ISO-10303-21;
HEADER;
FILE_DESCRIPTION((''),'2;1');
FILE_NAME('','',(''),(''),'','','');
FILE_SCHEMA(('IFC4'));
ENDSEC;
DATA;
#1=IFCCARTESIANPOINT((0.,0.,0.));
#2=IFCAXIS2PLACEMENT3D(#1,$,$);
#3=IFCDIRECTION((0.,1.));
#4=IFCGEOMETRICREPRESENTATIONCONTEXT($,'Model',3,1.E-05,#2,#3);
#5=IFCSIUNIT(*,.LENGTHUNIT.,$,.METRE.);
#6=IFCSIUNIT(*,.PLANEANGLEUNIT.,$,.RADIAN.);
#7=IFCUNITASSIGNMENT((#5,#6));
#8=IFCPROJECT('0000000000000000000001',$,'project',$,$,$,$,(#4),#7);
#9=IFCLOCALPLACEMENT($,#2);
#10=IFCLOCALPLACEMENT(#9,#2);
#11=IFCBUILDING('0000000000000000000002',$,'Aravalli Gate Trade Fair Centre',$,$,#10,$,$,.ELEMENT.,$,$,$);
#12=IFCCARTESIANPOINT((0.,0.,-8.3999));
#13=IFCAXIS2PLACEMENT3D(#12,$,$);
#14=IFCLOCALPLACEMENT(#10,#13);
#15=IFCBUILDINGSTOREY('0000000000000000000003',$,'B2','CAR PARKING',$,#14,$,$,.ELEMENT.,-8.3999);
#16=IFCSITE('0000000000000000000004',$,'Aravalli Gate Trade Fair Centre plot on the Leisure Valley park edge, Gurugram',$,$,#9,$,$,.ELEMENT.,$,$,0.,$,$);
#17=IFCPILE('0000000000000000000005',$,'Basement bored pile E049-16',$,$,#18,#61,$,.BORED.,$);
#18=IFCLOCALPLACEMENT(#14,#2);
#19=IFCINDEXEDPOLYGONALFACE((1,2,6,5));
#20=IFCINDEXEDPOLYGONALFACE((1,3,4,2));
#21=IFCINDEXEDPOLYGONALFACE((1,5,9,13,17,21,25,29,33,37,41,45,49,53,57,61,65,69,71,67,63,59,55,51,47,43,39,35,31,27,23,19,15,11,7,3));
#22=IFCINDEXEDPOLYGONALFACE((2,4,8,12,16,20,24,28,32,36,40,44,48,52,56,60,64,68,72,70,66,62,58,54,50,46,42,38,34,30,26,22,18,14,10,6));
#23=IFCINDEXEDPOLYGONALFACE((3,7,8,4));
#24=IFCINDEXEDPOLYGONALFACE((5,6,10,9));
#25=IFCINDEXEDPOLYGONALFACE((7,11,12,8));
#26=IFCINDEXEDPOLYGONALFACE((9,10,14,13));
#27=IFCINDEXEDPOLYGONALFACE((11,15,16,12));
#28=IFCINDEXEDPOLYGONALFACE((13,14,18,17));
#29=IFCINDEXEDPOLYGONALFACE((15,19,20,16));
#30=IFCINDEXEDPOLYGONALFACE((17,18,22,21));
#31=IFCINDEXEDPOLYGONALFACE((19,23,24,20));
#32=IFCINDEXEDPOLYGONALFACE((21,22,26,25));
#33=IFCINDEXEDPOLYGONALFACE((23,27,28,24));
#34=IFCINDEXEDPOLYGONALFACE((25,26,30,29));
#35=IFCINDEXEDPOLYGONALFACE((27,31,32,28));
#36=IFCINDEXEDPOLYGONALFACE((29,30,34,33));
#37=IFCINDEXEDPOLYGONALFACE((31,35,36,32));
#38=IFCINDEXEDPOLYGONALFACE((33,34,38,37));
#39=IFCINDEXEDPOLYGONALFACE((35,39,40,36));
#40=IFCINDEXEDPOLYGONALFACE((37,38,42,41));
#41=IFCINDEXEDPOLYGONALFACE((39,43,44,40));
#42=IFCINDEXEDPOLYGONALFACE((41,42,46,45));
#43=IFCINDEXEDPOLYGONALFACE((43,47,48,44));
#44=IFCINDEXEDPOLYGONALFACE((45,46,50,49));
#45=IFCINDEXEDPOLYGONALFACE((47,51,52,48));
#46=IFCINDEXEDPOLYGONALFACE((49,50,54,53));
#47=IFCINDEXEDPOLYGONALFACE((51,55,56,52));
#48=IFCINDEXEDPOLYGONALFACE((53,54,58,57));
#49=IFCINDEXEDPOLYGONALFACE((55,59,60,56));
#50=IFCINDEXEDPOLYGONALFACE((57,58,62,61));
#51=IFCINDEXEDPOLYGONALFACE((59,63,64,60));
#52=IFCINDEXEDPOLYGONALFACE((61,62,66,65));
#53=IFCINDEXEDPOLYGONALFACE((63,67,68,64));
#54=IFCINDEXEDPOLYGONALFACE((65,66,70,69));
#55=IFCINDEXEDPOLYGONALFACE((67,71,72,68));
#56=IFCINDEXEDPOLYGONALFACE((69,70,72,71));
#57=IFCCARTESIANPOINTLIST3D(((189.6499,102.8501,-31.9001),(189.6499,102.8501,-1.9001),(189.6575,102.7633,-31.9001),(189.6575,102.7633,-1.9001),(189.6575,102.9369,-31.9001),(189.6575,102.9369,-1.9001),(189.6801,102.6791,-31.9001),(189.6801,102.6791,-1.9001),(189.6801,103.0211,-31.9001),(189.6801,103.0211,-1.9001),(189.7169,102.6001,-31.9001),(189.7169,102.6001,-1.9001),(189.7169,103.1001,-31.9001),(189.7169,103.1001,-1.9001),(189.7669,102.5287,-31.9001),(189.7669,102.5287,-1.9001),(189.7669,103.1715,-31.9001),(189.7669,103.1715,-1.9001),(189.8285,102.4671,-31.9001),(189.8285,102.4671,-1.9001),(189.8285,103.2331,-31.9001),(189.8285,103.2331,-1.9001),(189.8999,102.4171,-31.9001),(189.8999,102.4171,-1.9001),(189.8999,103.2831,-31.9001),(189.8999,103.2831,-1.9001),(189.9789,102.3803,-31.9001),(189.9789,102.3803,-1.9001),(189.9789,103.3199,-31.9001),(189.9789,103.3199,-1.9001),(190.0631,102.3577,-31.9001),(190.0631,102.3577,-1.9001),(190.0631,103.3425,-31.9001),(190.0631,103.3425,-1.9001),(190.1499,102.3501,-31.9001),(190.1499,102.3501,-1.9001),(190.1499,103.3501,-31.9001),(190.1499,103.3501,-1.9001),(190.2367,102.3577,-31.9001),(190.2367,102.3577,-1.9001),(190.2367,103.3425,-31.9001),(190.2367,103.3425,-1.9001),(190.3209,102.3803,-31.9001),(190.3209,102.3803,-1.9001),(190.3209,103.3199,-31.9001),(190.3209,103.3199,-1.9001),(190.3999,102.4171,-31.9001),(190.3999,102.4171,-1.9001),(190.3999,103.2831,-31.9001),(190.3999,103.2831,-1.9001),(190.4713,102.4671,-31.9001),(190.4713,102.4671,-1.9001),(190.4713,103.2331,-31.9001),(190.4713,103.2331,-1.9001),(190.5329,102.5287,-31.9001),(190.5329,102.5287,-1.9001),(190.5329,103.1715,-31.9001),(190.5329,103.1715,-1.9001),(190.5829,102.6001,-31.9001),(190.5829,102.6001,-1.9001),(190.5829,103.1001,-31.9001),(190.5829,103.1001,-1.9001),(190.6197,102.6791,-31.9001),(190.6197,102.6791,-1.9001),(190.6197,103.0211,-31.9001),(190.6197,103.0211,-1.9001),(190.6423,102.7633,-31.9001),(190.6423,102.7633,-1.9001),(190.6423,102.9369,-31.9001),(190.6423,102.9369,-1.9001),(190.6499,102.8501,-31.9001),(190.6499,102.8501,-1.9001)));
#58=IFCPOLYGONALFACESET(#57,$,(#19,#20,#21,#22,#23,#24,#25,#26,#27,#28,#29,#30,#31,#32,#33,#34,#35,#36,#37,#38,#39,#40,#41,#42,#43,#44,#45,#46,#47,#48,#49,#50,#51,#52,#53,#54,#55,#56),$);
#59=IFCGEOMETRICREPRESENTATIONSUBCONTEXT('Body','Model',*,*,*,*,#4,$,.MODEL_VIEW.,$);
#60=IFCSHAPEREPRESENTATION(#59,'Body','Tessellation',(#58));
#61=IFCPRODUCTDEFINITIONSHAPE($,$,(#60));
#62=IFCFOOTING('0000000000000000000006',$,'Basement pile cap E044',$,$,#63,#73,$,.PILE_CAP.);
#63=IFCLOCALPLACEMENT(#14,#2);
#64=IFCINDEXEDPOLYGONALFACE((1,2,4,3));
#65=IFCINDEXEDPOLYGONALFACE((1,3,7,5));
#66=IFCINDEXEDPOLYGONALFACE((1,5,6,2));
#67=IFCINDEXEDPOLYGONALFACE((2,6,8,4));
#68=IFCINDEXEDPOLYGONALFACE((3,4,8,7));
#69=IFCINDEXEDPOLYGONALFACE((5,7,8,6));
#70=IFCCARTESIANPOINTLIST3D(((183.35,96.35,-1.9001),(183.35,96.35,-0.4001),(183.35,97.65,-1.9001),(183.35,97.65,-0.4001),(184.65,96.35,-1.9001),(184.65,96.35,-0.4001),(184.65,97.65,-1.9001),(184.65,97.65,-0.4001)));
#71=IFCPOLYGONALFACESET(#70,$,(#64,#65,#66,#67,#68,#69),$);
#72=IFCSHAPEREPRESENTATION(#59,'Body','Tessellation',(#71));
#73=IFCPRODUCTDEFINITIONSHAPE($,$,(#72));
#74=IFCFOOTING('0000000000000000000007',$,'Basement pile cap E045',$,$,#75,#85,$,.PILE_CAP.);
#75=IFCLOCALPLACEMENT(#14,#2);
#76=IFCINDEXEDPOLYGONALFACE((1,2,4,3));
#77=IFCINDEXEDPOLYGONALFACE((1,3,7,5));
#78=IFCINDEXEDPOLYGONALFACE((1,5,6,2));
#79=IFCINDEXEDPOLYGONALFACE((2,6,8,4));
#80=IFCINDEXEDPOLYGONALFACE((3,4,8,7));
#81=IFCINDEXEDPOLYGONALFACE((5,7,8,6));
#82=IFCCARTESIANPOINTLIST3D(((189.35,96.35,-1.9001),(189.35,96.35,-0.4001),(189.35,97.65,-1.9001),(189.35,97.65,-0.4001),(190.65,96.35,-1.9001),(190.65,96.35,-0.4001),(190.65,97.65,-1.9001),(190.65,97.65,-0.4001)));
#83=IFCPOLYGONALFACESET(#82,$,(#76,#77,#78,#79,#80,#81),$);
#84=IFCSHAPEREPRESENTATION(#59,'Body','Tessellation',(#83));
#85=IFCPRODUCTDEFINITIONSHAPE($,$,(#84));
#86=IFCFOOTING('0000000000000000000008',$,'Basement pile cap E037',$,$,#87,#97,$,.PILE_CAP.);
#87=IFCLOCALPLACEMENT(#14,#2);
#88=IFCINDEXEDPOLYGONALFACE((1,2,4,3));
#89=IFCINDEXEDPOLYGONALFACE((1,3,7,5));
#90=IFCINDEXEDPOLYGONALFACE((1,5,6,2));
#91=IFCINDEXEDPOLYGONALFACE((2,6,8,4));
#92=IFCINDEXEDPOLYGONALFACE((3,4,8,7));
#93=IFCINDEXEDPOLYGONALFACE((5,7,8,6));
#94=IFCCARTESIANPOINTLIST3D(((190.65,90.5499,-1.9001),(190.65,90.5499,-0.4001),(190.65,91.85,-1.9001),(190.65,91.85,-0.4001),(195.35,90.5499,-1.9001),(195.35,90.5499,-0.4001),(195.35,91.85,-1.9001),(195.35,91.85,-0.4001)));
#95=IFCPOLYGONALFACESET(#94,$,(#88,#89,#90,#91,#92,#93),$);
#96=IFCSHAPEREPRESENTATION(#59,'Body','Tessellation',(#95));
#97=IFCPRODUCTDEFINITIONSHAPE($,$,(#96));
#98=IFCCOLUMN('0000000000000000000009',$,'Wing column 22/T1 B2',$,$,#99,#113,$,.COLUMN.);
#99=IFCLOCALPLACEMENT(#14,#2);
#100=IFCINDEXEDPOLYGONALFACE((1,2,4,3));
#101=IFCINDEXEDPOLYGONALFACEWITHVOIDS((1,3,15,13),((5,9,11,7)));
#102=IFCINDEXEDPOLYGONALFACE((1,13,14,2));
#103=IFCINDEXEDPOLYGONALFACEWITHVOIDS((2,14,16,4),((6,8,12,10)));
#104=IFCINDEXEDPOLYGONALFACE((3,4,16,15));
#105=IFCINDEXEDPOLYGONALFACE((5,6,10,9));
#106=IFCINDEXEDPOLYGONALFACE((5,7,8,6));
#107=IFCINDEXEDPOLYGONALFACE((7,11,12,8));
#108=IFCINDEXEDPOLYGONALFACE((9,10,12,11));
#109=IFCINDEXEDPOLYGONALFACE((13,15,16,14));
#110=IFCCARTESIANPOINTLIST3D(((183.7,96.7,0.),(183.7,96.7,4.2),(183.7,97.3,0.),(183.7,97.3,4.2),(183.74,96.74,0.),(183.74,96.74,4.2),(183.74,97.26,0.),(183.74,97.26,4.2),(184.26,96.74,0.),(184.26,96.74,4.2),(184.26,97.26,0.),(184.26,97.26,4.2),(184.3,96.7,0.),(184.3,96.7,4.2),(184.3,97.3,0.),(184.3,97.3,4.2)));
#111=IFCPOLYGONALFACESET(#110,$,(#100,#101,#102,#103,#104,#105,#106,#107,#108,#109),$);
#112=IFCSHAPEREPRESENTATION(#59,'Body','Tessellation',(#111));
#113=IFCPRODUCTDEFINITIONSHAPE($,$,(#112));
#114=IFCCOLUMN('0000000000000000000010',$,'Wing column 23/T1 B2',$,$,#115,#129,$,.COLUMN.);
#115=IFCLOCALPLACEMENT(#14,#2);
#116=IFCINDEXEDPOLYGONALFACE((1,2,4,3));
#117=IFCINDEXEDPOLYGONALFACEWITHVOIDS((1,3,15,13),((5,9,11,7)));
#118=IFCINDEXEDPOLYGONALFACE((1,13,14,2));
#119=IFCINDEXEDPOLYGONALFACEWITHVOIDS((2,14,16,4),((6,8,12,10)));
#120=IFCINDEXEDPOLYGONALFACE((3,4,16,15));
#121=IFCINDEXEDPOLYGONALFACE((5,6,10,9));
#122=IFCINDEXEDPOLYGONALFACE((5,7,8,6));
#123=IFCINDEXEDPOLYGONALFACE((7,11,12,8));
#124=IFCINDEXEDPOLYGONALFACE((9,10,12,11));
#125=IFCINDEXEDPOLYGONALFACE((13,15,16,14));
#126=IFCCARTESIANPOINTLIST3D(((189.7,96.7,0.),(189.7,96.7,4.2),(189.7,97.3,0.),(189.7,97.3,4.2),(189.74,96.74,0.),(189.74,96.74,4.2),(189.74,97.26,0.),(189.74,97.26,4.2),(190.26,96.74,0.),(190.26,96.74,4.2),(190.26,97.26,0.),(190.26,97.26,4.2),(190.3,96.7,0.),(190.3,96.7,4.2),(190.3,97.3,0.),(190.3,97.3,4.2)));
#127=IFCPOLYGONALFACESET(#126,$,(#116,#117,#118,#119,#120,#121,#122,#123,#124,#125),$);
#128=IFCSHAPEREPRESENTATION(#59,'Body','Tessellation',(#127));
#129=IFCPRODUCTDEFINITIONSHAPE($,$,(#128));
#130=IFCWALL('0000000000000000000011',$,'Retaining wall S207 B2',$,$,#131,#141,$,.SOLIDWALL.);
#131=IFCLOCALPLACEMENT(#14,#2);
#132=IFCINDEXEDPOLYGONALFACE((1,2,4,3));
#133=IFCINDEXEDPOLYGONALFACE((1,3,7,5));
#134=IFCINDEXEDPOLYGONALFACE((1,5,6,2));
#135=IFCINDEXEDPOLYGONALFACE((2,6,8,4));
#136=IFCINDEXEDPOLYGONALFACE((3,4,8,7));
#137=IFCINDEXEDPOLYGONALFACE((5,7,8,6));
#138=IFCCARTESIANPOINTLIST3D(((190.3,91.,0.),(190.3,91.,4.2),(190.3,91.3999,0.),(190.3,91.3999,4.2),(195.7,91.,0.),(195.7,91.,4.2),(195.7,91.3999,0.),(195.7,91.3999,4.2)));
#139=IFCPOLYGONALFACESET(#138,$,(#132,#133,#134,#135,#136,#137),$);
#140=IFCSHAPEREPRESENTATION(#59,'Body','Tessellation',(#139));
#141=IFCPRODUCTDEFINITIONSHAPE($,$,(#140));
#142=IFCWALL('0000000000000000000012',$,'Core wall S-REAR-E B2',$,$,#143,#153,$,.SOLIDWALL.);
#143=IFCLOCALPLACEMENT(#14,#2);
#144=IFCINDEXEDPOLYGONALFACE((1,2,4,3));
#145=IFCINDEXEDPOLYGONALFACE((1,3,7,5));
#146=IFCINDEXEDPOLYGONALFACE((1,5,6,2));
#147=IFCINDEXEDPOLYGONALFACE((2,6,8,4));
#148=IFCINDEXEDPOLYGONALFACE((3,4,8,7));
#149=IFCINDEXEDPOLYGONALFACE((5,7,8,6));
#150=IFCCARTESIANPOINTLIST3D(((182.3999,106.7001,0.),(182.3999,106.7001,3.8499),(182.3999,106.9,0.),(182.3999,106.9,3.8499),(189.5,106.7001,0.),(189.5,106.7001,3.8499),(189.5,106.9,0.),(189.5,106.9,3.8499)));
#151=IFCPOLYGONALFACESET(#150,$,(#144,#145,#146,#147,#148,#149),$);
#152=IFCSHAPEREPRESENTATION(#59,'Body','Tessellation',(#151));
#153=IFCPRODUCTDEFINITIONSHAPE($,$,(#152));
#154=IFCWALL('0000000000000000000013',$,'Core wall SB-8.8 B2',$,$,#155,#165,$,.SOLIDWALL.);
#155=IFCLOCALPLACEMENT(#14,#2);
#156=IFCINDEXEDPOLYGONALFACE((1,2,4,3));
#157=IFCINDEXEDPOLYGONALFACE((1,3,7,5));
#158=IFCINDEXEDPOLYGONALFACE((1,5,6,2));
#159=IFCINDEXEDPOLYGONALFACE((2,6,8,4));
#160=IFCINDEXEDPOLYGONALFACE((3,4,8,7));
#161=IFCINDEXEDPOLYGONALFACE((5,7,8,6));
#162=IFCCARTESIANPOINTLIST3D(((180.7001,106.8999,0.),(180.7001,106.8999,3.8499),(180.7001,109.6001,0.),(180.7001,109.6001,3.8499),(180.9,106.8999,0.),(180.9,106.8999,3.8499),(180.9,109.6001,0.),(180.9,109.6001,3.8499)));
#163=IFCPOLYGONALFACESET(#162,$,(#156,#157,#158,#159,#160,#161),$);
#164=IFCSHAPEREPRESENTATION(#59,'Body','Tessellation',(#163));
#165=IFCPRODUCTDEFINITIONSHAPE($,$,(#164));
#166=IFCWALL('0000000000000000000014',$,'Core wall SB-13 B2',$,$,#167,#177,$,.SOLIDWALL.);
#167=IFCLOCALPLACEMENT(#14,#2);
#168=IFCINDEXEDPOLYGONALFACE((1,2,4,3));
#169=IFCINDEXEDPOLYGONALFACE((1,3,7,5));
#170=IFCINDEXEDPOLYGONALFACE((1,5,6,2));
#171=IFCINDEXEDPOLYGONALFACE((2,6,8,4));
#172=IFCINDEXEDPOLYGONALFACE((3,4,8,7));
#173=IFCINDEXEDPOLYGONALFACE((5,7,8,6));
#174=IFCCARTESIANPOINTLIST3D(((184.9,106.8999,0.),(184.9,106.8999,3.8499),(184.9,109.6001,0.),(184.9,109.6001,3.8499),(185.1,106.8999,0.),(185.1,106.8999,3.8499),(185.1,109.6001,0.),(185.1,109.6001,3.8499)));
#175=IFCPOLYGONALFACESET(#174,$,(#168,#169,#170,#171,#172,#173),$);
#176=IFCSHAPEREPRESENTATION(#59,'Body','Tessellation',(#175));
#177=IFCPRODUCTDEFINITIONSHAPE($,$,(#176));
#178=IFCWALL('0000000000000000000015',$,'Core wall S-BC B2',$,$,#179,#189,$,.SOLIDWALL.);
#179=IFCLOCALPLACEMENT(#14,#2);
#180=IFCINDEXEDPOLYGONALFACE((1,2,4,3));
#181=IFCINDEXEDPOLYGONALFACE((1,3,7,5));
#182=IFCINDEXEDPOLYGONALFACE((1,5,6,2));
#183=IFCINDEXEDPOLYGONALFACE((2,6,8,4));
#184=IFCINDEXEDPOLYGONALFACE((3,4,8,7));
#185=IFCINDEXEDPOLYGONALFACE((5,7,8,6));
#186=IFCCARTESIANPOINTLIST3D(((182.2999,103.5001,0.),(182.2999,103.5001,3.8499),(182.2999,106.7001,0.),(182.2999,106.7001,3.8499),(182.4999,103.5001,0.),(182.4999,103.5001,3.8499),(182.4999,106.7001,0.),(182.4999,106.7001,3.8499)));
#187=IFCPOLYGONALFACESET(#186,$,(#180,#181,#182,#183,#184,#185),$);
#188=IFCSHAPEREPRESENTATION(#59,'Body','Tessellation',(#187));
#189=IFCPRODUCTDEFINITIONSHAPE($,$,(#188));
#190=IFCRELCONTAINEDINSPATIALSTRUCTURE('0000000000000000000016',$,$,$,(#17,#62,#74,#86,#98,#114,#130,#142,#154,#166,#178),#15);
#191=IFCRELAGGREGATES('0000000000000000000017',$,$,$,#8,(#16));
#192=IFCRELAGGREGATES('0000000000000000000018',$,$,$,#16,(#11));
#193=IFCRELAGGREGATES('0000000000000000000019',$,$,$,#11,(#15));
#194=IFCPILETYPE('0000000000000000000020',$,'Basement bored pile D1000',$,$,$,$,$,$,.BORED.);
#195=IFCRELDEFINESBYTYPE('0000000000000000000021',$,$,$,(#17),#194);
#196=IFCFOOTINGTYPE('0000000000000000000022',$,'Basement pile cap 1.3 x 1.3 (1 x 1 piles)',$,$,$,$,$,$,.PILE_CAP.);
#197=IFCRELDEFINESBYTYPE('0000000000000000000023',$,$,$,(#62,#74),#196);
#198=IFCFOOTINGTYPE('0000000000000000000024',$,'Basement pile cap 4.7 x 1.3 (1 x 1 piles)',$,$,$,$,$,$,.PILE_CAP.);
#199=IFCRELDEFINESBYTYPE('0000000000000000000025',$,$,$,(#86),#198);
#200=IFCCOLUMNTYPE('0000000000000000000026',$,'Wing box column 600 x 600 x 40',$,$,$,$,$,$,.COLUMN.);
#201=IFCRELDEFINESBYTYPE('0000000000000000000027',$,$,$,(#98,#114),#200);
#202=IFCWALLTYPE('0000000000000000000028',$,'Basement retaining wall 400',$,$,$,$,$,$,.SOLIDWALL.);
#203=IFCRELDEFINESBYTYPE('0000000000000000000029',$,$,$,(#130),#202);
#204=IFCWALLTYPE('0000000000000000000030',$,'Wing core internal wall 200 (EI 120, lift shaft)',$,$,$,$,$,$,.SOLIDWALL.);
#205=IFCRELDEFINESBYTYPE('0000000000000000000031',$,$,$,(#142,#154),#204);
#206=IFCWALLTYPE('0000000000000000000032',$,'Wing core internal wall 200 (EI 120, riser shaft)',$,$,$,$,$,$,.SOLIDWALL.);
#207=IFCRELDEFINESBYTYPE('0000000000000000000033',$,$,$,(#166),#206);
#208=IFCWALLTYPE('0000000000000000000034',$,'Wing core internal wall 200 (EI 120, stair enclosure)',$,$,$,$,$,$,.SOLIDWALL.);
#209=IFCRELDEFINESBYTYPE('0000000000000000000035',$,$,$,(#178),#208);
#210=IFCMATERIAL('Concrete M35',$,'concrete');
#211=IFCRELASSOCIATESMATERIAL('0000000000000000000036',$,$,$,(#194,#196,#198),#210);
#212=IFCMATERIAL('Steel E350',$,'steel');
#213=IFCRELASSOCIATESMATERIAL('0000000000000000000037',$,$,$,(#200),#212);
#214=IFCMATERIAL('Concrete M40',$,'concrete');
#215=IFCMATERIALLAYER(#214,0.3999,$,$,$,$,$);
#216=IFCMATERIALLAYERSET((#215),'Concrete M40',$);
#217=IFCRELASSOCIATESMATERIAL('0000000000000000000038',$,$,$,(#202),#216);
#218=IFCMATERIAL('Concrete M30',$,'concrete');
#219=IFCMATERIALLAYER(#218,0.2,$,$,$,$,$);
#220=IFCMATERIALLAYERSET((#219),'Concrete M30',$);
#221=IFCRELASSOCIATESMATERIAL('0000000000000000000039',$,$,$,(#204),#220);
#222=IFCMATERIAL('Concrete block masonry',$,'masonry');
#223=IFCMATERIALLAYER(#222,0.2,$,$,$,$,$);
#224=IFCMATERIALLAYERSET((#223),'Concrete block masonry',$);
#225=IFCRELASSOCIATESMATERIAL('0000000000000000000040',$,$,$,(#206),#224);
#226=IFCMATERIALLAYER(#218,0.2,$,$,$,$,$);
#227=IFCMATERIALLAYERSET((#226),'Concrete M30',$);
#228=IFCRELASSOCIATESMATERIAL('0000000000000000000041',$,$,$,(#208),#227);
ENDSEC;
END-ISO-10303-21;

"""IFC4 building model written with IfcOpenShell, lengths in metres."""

from ifc_helpers import new_model, si_unit, direction, frame, frame_2d, origin, origin_2d, place, context, subcontext, project, spatial, rectangle, hollow_rectangle, circle, extrude, material, layer, layer_set, material_profile, profile_set, type_object, element, save


model = new_model("IFC4")

# Units and contexts
model_context = context("Model", 3, precision=1e-05, world=origin(), true_north=direction((0.0, 1.0)))
body_context = subcontext(model_context, "Body", "Model", "MODEL_VIEW")
ifc_project = project(units=[si_unit("LENGTHUNIT", "METRE"), si_unit("PLANEANGLEUNIT", "RADIAN")], contexts=[model_context])

# Site, building, storey
site_placement = place(None, origin())
site = spatial("IfcSite", under=ifc_project, at=site_placement, Name="Aravalli Gate Trade Fair Centre plot on the Leisure Valley park edge, Gurugram", CompositionType="ELEMENT", RefElevation=0.0)
building_placement = place(site_placement, origin())
building = spatial("IfcBuilding", under=site, at=building_placement, Name="Aravalli Gate Trade Fair Centre", CompositionType="ELEMENT")
storey_placement = place(building_placement, frame((0.0, 0.0, -8.3999)))
storey = spatial("IfcBuildingStorey", under=building, at=storey_placement, Name="B2", Description="CAR PARKING", CompositionType="ELEMENT", Elevation=-8.3999)

# Pile
ifc_material_1 = material(Name="Concrete M35", Category="concrete")
ifc_material_profile_1 = material_profile(ifc_material_1, circle(Radius=0.5, at=origin_2d()), Name="D1000")
ifc_profile_set_1 = profile_set([ifc_material_profile_1], Name="Concrete M35")
pile_type = type_object("IfcPileType", Name="Basement bored pile D1000", PredefinedType="BORED", material=ifc_profile_set_1)
for number, where, z_axis, x_axis, name in (
    (1, (190.1499, 102.8501, -1.9001), (0.0, 0.0, -1.0), (1.0, 0.0, 0.0), "Basement bored pile E049-16"),
):
    element("IfcPile", number, at=place(storey_placement, frame(where, z_axis=z_axis, x_axis=x_axis)), inside=storey, type_object=pile_type, Name=name, PredefinedType="BORED", context=body_context, shape_type="SweptSolid", body=[
        extrude(circle(Radius=0.5, at=origin_2d()), origin(), (0.0, 0.0, 1.0), 30.0),
    ])

# Footings
footing_type_1 = type_object("IfcFootingType", Name="Basement pile cap 1.3 x 1.3 (1 x 1 piles)", PredefinedType="PILE_CAP", material=ifc_material_1)
for number, where, z_axis, x_axis, name in (
    (2, (184.0, 97.0, -1.9001), (0.0, 0.0, 1.0), (1.0, 0.0, 0.0), "Basement pile cap E044"),
    (3, (190.0, 97.0, -1.9001), (0.0, 0.0, 1.0), (1.0, 0.0, 0.0), "Basement pile cap E045"),
):
    element("IfcFooting", number, at=place(storey_placement, frame(where, z_axis=z_axis, x_axis=x_axis)), inside=storey, type_object=footing_type_1, Name=name, PredefinedType="PILE_CAP", context=body_context, shape_type="SweptSolid", body=[
        extrude(rectangle(XDim=1.3, YDim=1.3, at=origin_2d()), origin(), (0.0, 0.0, 1.0), 1.5),
    ])
footing_type_2 = type_object("IfcFootingType", Name="Basement pile cap 4.7 x 1.3 (1 x 1 piles)", PredefinedType="PILE_CAP", material=ifc_material_1)
footing_placement = place(storey_placement, frame((193.0, 91.2, -1.9001), z_axis=(0.0, 0.0, 1.0), x_axis=(1.0, 0.0, 0.0)))
element("IfcFooting", 4, at=footing_placement, inside=storey, type_object=footing_type_2, Name="Basement pile cap E037", PredefinedType="PILE_CAP", context=body_context, shape_type="SweptSolid", body=[
    extrude(rectangle(XDim=4.7, YDim=1.3, at=origin_2d()), origin(), (0.0, 0.0, 1.0), 1.5),
])

# Columns
ifc_material_2 = material(Name="Steel E350", Category="steel")
ifc_material_profile_2 = material_profile(ifc_material_2, hollow_rectangle(XDim=0.6001, YDim=0.6001, WallThickness=0.04, at=origin_2d()), Name="BOX 600x600x40")
ifc_profile_set_2 = profile_set([ifc_material_profile_2], Name="Steel E350")
column_type = type_object("IfcColumnType", Name="Wing box column 600 x 600 x 40", PredefinedType="COLUMN", material=ifc_profile_set_2)
for number, where, z_axis, x_axis, name in (
    (5, (184.0, 97.0, 0.0), (0.0, 0.0, 1.0), (1.0, 0.0, 0.0), "Wing column 22/T1 B2"),
    (6, (190.0, 97.0, 0.0), (0.0, 0.0, 1.0), (1.0, 0.0, 0.0), "Wing column 23/T1 B2"),
):
    element("IfcColumn", number, at=place(storey_placement, frame(where, z_axis=z_axis, x_axis=x_axis)), inside=storey, type_object=column_type, Name=name, PredefinedType="COLUMN", context=body_context, shape_type="SweptSolid", body=[
        extrude(hollow_rectangle(XDim=0.6001, YDim=0.6001, WallThickness=0.04, at=origin_2d()), origin(), (0.0, 0.0, 1.0), 4.2),
    ])

# Walls
ifc_material_3 = material(Name="Concrete M40", Category="concrete")
ifc_layer_1 = layer(ifc_material_3, 0.3999)
ifc_layer_set_1 = layer_set([ifc_layer_1], Name="Concrete M40")
wall_type_1 = type_object("IfcWallType", Name="Basement retaining wall 400", PredefinedType="SOLIDWALL", material=ifc_layer_set_1)
wall_1_placement = place(storey_placement, frame((190.3, 91.2, 0.0), z_axis=(0.0, 0.0, 1.0), x_axis=(1.0, 0.0, 0.0)))
element("IfcWall", 7, at=wall_1_placement, inside=storey, type_object=wall_type_1, Name="Retaining wall S207 B2", PredefinedType="SOLIDWALL", context=body_context, shape_type="SweptSolid", body=[
    extrude(rectangle(XDim=5.3999, YDim=0.3999, at=frame_2d((2.7, 0.0))), origin(), (0.0, 0.0, 1.0), 4.2),
])
ifc_material_4 = material(Name="Concrete M30", Category="concrete")
ifc_layer_2 = layer(ifc_material_4, 0.2)
ifc_layer_set_2 = layer_set([ifc_layer_2], Name="Concrete M30")
wall_type_2 = type_object("IfcWallType", Name="Wing core internal wall 200 (EI 120, lift shaft)", PredefinedType="SOLIDWALL", material=ifc_layer_set_2)
wall_2_placement = place(storey_placement, frame((182.3999, 106.8, 0.0), z_axis=(0.0, 0.0, 1.0), x_axis=(1.0, 0.0, 0.0)))
element("IfcWall", 8, at=wall_2_placement, inside=storey, type_object=wall_type_2, Name="Core wall S-REAR-E B2", PredefinedType="SOLIDWALL", context=body_context, shape_type="SweptSolid", body=[
    extrude(rectangle(XDim=7.1001, YDim=0.2, at=frame_2d((3.55, 0.0))), origin(), (0.0, 0.0, 1.0), 3.8499),
])
wall_3_placement = place(storey_placement, frame((180.8, 106.8999, 0.0), z_axis=(0.0, 0.0, 1.0), x_axis=(0.0, 1.0, 0.0)))
element("IfcWall", 9, at=wall_3_placement, inside=storey, type_object=wall_type_2, Name="Core wall SB-8.8 B2", PredefinedType="SOLIDWALL", context=body_context, shape_type="SweptSolid", body=[
    extrude(rectangle(XDim=2.7002, YDim=0.2, at=frame_2d((1.3501, 0.0))), origin(), (0.0, 0.0, 1.0), 3.8499),
])
ifc_material_5 = material(Name="Concrete block masonry", Category="masonry")
ifc_layer_3 = layer(ifc_material_5, 0.2)
ifc_layer_set_3 = layer_set([ifc_layer_3], Name="Concrete block masonry")
wall_type_3 = type_object("IfcWallType", Name="Wing core internal wall 200 (EI 120, riser shaft)", PredefinedType="SOLIDWALL", material=ifc_layer_set_3)
wall_4_placement = place(storey_placement, frame((185.0, 106.8999, 0.0), z_axis=(0.0, 0.0, 1.0), x_axis=(0.0, 1.0, 0.0)))
element("IfcWall", 10, at=wall_4_placement, inside=storey, type_object=wall_type_3, Name="Core wall SB-13 B2", PredefinedType="SOLIDWALL", context=body_context, shape_type="SweptSolid", body=[
    extrude(rectangle(XDim=2.7002, YDim=0.2, at=frame_2d((1.3501, 0.0))), origin(), (0.0, 0.0, 1.0), 3.8499),
])
ifc_layer_4 = layer(ifc_material_4, 0.2)
ifc_layer_set_4 = layer_set([ifc_layer_4], Name="Concrete M30")
wall_type_4 = type_object("IfcWallType", Name="Wing core internal wall 200 (EI 120, stair enclosure)", PredefinedType="SOLIDWALL", material=ifc_layer_set_4)
wall_5_placement = place(storey_placement, frame((182.3999, 103.5, 0.0), z_axis=(0.0, 0.0, 1.0), x_axis=(0.0, 1.0, 0.0)))
element("IfcWall", 11, at=wall_5_placement, inside=storey, type_object=wall_type_4, Name="Core wall S-BC B2", PredefinedType="SOLIDWALL", context=body_context, shape_type="SweptSolid", body=[
    extrude(rectangle(XDim=3.2, YDim=0.2, at=frame_2d((1.6001, 0.0))), origin(), (0.0, 0.0, 1.0), 3.8499),
])

save(model, "model.ifc")
